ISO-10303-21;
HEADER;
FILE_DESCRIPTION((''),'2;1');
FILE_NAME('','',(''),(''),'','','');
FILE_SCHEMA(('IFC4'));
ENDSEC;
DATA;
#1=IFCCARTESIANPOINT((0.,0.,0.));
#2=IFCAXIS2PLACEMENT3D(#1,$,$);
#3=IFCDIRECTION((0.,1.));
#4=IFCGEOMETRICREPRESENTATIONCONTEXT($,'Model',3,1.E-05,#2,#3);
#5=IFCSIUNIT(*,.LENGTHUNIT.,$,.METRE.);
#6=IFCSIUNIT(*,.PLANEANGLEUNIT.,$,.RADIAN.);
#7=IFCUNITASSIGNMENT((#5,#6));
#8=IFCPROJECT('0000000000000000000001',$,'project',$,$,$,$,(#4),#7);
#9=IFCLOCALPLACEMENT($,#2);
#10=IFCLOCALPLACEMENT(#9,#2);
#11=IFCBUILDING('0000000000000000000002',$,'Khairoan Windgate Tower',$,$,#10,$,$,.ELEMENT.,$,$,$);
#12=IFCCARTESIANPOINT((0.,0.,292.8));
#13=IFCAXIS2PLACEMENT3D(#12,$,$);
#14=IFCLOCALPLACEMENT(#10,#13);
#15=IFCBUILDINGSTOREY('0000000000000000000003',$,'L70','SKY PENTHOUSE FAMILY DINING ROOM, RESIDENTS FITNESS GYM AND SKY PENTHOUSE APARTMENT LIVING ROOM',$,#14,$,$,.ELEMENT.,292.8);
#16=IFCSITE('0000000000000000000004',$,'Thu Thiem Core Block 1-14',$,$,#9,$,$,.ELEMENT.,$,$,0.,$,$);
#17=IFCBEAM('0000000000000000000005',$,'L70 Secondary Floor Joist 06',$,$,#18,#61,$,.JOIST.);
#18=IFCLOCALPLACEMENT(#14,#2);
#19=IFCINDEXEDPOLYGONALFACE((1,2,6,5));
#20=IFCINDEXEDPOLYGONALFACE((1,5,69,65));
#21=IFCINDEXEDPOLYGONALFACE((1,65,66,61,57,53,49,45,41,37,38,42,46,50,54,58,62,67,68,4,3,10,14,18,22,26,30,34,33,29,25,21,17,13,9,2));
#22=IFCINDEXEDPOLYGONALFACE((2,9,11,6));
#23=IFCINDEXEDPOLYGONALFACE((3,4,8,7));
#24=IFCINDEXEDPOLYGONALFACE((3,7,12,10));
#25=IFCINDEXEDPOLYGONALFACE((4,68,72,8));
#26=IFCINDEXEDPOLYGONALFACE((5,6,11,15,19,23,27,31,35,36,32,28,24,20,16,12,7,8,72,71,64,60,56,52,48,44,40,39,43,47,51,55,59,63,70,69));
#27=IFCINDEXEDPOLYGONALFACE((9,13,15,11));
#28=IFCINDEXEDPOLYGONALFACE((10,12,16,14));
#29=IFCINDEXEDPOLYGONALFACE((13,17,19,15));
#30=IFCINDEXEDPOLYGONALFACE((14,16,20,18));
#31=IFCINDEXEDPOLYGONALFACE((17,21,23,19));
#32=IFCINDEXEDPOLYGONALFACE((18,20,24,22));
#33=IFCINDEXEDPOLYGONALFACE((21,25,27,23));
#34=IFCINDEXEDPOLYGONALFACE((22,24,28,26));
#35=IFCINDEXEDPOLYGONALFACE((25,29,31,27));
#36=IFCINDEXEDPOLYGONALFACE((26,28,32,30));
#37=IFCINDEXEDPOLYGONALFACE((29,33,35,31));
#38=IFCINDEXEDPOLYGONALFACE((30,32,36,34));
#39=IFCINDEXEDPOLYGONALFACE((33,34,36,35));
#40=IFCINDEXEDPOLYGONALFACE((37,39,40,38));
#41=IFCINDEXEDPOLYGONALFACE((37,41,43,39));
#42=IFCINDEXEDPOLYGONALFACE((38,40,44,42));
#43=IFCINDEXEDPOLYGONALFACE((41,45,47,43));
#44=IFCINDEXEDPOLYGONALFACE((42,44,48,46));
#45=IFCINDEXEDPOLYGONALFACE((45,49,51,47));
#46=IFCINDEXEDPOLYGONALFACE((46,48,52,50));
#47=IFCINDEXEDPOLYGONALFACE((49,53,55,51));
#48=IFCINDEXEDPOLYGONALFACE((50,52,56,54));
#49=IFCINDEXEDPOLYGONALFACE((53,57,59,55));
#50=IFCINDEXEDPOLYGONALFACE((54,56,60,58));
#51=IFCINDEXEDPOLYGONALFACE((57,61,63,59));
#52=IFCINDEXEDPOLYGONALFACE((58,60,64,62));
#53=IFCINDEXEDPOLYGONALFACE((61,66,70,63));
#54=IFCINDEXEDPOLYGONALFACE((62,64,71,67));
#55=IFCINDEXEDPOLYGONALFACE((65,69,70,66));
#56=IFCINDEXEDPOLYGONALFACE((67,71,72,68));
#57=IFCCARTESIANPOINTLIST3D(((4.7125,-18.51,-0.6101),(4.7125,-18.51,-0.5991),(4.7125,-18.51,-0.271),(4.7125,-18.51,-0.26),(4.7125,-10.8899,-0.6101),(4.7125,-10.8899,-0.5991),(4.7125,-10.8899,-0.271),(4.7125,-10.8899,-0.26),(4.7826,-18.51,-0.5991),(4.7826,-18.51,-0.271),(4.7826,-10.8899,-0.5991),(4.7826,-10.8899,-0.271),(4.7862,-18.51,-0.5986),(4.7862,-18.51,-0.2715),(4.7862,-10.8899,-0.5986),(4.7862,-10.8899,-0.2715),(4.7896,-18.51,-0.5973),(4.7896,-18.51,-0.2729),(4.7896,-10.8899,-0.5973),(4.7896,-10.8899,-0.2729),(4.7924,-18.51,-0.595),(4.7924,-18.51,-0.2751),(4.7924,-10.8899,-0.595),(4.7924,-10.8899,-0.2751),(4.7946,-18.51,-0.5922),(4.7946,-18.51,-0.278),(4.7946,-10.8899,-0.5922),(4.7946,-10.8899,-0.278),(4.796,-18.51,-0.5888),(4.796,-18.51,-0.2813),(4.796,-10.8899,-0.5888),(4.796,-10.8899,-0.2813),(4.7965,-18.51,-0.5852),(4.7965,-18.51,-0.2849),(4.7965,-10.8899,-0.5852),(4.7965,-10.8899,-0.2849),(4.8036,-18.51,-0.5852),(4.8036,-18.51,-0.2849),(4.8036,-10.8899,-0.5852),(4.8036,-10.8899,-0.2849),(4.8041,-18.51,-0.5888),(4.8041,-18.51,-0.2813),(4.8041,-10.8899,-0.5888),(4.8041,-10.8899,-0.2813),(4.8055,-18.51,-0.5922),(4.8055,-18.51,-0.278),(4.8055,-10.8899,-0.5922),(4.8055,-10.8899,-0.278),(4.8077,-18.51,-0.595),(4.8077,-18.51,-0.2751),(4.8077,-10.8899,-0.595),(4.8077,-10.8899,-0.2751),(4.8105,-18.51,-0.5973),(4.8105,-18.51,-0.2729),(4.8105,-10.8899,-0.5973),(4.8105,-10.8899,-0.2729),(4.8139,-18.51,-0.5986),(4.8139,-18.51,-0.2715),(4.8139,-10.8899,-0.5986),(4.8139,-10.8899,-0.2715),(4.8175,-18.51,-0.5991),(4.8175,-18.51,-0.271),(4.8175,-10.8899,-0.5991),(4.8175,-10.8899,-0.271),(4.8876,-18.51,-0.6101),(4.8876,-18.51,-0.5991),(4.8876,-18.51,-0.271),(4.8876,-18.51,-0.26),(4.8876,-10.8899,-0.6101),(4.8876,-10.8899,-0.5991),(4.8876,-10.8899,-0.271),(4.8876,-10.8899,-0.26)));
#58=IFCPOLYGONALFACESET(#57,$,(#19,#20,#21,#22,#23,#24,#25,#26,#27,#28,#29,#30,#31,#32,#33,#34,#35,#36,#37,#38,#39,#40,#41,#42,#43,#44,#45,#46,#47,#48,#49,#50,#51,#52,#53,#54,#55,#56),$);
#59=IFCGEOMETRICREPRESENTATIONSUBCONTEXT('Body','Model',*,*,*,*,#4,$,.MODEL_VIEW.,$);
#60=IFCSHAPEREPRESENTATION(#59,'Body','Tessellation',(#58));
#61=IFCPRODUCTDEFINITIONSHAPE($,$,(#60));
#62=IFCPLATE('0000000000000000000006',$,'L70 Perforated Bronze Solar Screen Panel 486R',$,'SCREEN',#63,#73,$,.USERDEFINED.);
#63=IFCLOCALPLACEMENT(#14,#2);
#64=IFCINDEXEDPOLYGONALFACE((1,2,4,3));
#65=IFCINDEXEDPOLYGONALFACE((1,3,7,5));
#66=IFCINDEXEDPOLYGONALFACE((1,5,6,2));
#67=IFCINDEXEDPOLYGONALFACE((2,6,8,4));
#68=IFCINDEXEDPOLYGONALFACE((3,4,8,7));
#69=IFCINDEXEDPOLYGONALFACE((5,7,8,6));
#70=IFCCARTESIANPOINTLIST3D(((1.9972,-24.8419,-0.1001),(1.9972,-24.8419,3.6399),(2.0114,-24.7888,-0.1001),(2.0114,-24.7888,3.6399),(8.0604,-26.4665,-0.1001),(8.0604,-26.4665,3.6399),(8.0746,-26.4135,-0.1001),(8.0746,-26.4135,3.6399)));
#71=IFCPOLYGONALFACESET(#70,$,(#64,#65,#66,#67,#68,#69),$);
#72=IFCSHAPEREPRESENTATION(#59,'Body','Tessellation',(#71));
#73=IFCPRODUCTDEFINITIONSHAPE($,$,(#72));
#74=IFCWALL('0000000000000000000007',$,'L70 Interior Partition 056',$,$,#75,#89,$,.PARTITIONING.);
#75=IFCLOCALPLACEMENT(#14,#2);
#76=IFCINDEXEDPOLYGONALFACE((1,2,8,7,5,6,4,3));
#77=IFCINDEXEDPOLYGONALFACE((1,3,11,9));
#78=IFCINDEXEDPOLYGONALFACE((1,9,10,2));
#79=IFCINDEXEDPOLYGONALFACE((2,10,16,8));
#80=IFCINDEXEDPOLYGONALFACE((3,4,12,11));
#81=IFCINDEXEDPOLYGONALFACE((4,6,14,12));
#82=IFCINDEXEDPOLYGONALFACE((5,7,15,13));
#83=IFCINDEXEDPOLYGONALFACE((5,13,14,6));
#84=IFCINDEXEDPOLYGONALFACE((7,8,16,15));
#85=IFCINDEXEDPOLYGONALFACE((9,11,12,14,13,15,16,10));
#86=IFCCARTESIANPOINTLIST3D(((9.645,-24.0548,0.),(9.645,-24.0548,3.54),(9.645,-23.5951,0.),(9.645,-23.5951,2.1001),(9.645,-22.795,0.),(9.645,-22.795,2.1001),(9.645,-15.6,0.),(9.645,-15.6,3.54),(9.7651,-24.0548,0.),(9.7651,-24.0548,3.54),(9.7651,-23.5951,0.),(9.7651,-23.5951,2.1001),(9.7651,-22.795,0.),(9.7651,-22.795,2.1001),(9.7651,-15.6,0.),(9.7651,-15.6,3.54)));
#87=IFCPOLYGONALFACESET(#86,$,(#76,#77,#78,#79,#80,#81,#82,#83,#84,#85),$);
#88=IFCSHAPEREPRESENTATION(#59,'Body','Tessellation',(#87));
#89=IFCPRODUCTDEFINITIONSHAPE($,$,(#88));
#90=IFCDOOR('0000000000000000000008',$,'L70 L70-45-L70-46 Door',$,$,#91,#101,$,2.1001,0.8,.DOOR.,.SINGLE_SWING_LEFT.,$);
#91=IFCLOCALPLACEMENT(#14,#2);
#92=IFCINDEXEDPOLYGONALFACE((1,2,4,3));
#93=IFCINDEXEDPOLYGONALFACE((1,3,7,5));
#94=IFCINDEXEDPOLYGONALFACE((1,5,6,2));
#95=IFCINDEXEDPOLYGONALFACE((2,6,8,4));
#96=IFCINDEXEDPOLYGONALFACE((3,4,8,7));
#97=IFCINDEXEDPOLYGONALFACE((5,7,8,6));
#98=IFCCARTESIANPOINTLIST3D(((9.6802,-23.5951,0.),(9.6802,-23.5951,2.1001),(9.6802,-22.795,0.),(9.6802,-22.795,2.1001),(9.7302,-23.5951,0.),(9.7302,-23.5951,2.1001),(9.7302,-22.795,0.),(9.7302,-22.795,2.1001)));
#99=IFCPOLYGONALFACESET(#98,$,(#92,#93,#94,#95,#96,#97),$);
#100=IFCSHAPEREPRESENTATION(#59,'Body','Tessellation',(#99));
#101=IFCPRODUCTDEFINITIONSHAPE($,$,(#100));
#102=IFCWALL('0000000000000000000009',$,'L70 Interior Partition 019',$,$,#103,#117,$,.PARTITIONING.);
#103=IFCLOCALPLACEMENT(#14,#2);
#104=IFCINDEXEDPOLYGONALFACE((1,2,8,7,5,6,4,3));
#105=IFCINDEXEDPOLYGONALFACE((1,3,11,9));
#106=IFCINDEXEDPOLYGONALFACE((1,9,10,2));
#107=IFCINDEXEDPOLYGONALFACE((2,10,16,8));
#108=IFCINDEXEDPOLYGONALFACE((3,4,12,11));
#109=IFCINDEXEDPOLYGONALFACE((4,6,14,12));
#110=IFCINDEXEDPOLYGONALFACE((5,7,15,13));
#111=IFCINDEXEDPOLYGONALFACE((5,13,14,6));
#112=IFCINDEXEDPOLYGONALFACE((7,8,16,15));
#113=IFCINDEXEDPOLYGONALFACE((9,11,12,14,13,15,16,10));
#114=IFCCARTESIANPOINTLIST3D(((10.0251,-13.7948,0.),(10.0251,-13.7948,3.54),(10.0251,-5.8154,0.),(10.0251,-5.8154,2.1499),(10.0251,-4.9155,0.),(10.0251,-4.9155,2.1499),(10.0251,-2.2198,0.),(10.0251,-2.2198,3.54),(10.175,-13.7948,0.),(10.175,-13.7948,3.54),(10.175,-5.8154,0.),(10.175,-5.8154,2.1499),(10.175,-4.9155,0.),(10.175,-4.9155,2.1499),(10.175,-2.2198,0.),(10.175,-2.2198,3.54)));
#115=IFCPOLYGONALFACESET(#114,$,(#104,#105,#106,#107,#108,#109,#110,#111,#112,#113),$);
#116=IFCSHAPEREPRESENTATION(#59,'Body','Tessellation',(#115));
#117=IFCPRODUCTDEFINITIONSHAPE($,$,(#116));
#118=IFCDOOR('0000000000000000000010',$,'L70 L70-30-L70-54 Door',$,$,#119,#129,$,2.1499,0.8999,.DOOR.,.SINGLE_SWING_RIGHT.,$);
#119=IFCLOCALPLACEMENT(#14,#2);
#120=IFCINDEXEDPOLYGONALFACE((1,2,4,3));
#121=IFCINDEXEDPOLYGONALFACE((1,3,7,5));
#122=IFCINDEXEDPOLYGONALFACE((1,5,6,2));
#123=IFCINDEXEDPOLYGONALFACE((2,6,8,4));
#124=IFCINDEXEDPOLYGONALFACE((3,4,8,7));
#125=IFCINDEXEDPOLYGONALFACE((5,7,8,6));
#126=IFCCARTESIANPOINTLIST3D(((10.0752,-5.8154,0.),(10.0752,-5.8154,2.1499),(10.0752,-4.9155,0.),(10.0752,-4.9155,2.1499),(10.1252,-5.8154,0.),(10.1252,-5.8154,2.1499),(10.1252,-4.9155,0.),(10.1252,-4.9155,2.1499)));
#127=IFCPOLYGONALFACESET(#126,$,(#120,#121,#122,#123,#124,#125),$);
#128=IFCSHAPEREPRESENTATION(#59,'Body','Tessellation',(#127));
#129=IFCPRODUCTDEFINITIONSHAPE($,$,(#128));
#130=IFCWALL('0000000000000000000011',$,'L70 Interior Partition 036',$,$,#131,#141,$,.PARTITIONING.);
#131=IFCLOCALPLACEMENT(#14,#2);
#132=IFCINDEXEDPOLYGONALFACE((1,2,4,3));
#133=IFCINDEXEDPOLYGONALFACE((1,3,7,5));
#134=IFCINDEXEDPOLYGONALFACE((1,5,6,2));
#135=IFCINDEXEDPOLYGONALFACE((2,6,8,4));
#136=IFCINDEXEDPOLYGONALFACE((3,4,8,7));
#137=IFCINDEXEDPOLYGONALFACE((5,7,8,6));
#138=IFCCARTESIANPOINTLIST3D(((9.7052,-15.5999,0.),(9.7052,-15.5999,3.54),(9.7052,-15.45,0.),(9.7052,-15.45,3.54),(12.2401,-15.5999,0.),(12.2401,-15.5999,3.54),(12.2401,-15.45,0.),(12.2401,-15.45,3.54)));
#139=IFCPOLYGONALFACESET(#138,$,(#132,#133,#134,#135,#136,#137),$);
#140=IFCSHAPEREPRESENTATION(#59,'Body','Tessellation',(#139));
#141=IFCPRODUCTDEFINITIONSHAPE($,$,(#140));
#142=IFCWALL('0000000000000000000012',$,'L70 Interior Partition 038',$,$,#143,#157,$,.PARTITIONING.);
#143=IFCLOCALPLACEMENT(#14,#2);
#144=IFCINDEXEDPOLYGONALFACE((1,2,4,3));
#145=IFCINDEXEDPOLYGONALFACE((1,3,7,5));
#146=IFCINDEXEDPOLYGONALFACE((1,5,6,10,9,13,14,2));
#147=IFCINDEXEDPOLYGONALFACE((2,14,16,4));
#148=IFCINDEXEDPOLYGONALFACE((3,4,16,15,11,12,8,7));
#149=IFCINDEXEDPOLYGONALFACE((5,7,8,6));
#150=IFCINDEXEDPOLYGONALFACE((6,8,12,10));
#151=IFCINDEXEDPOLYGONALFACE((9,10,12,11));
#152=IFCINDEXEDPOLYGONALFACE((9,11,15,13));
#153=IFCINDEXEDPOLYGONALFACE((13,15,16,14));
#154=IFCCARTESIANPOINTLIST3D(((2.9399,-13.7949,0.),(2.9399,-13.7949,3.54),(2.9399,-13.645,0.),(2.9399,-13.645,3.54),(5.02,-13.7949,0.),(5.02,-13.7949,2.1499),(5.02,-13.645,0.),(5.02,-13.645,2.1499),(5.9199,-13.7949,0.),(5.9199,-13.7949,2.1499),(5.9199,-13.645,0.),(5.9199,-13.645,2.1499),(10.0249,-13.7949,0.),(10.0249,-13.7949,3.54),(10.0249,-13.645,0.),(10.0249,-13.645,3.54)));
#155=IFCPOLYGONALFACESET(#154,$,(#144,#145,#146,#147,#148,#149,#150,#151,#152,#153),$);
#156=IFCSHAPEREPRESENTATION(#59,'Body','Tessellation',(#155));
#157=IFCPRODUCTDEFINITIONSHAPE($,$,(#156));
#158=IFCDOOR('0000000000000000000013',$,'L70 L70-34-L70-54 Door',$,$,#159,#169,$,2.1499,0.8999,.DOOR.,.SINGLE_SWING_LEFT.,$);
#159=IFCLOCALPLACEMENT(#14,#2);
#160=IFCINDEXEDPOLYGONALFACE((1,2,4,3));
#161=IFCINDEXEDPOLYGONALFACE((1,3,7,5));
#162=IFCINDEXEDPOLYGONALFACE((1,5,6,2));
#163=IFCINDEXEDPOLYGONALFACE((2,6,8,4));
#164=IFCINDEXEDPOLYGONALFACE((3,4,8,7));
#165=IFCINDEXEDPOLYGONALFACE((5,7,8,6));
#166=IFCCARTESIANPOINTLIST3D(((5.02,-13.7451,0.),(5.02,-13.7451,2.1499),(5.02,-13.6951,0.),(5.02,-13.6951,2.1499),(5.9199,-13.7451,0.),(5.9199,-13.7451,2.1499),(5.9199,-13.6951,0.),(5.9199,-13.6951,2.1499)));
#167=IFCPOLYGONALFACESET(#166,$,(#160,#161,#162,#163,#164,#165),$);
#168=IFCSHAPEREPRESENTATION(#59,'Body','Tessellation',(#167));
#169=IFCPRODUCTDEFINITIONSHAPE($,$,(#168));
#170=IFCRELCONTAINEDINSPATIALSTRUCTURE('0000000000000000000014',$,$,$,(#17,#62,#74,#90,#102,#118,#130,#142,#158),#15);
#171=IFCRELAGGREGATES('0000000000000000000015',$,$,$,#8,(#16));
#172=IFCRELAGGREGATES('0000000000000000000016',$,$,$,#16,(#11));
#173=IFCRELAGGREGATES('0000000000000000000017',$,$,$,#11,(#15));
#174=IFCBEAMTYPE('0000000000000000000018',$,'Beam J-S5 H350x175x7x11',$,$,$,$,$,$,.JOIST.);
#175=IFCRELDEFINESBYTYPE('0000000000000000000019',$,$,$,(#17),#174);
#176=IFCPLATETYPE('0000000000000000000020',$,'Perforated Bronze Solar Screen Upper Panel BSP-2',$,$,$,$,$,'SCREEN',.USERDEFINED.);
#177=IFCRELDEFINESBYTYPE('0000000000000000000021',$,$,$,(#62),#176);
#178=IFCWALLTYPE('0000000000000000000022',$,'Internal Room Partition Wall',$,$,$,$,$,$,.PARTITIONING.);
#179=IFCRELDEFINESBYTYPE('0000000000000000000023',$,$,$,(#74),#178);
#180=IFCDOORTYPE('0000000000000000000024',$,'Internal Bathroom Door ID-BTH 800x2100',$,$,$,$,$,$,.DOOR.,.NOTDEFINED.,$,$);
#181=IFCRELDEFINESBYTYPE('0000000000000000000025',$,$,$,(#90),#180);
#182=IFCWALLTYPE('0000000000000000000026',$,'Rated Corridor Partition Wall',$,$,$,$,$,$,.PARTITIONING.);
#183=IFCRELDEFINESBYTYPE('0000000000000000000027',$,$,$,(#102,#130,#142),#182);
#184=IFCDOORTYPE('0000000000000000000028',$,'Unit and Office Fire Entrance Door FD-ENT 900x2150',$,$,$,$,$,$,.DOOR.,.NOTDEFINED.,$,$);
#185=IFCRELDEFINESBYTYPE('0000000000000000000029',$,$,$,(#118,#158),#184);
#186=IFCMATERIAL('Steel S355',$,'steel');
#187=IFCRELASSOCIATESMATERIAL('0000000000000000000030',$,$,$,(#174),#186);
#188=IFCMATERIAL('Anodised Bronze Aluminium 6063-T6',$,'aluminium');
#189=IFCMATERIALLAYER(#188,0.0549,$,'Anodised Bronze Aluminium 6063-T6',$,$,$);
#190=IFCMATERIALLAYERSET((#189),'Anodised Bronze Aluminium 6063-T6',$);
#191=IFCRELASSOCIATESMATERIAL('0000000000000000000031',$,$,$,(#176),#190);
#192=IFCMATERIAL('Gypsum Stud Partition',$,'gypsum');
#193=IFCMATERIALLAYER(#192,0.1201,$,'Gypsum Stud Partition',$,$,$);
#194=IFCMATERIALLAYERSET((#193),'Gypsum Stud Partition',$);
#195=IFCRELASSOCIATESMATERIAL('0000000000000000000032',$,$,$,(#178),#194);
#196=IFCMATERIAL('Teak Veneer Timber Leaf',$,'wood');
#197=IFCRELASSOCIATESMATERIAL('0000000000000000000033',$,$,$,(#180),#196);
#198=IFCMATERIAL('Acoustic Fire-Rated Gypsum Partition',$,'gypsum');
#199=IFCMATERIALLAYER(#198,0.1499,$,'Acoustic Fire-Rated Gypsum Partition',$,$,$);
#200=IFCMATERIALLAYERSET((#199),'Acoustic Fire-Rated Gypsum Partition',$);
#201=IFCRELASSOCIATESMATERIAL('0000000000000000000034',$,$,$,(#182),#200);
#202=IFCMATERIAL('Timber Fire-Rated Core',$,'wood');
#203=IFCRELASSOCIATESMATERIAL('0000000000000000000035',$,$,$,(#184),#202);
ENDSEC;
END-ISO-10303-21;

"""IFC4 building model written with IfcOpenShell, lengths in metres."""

from ifc_helpers import new_model, si_unit, direction, frame, frame_2d, origin, origin_2d, place, context, subcontext, project, spatial, rectangle, i_section, extrude, material, layer, layer_set, material_profile, profile_set, type_object, element, fill, save


model = new_model("IFC4")

# Units and contexts
model_context = context("Model", 3, precision=1e-05, world=origin(), true_north=direction((0.0, 1.0)))
body_context = subcontext(model_context, "Body", "Model", "MODEL_VIEW")
ifc_project = project(units=[si_unit("LENGTHUNIT", "METRE"), si_unit("PLANEANGLEUNIT", "RADIAN")], contexts=[model_context])

# Site, building, storey
site_placement = place(None, origin())
site = spatial("IfcSite", under=ifc_project, at=site_placement, Name="Thu Thiem Core Block 1-14", CompositionType="ELEMENT", RefElevation=0.0)
building_placement = place(site_placement, origin())
building = spatial("IfcBuilding", under=site, at=building_placement, Name="Khairoan Windgate Tower", CompositionType="ELEMENT")
storey_placement = place(building_placement, frame((0.0, 0.0, 292.8)))
storey = spatial("IfcBuildingStorey", under=building, at=storey_placement, Name="L70", Description="SKY PENTHOUSE FAMILY DINING ROOM, RESIDENTS FITNESS GYM AND SKY PENTHOUSE APARTMENT LIVING ROOM", CompositionType="ELEMENT", Elevation=292.8)

# Beam
ifc_material_1 = material(Name="Steel S355", Category="steel")
ifc_material_profile_1 = material_profile(ifc_material_1, i_section(OverallWidth=0.175, OverallDepth=0.3501, WebThickness=0.0071, FlangeThickness=0.011, FilletRadius=0.0139, at=origin_2d()))
ifc_profile_set_1 = profile_set([ifc_material_profile_1], Name="Steel S355")
beam_type_1 = type_object("IfcBeamType", Name="Beam J-S5 H350x175x7x11", PredefinedType="JOIST", material=ifc_profile_set_1)
beam_1_placement = place(storey_placement, frame((4.8, -18.51, -0.4351), z_axis=(0.0, 1.0, 0.0), x_axis=(-1.0, 0.0, 0.0)))
element("IfcBeam", 1, at=beam_1_placement, inside=storey, type_object=beam_type_1, Name="L70 Secondary Floor Joist 06", PredefinedType="JOIST", context=body_context, shape_type="SweptSolid", body=[
    extrude(i_section(OverallWidth=0.175, OverallDepth=0.3501, WebThickness=0.0071, FlangeThickness=0.011, FilletRadius=0.0139, at=origin_2d()), origin(), (0.0, 0.0, 1.0), 7.6201),
])

# Plate
ifc_material_2 = material(Name="Anodised Bronze Aluminium 6063-T6", Category="aluminium")
ifc_layer_1 = layer(ifc_material_2, 0.0549, Name="Anodised Bronze Aluminium 6063-T6")
ifc_layer_set_1 = layer_set([ifc_layer_1], Name="Anodised Bronze Aluminium 6063-T6")
plate_type = type_object("IfcPlateType", Name="Perforated Bronze Solar Screen Upper Panel BSP-2", ElementType="SCREEN", PredefinedType="USERDEFINED", material=ifc_layer_set_1)
plate_placement = place(storey_placement, frame((5.0359, -25.6277, -0.1001), z_axis=(0.0, 0.0, 1.0), x_axis=(-0.965926, 0.258819, 0.0)))
element("IfcPlate", 2, at=plate_placement, inside=storey, type_object=plate_type, Name="L70 Perforated Bronze Solar Screen Panel 486R", ObjectType="SCREEN", PredefinedType="USERDEFINED", context=body_context, shape_type="SweptSolid", body=[
    extrude(rectangle(XDim=6.2771, YDim=0.0549, at=origin_2d()), origin(), (0.0, 0.0, 1.0), 3.74),
])

# Walls, openings, doors
ifc_material_3 = material(Name="Gypsum Stud Partition", Category="gypsum")
ifc_layer_2 = layer(ifc_material_3, 0.1201, Name="Gypsum Stud Partition")
ifc_layer_set_2 = layer_set([ifc_layer_2], Name="Gypsum Stud Partition")
wall_type_1 = type_object("IfcWallType", Name="Internal Room Partition Wall", PredefinedType="PARTITIONING", material=ifc_layer_set_2)
wall_1_placement = place(storey_placement, frame((9.7051, -24.0549, 0.0), z_axis=(0.0, 0.0, 1.0), x_axis=(0.0, 1.0, 0.0)))
wall_1 = element("IfcWall", 3, at=wall_1_placement, inside=storey, type_object=wall_type_1, Name="L70 Interior Partition 056", PredefinedType="PARTITIONING", context=body_context, shape_type="SweptSolid", body=[
    extrude(rectangle(XDim=8.4548, YDim=0.1201, at=frame_2d((4.2275, 0.0))), origin(), (0.0, 0.0, 1.0), 3.54),
])
opening_1_placement = place(wall_1_placement, frame((0.46, 0.0, 0.0)))
opening_1 = element("IfcOpeningElement", 4, at=opening_1_placement, cuts=wall_1, PredefinedType="OPENING", context=body_context, shape_type="SweptSolid", body=[
    extrude(rectangle(XDim=0.8, YDim=2.1001, at=frame_2d((0.3999, 1.05))), frame((0.0, 0.0701, 0.0), z_axis=(0.0, -1.0, 0.0), x_axis=(1.0, 0.0, 0.0)), (0.0, 0.0, 1.0), 0.1401),
])
ifc_material_4 = material(Name="Teak Veneer Timber Leaf", Category="wood")
door_type_1 = type_object("IfcDoorType", Name="Internal Bathroom Door ID-BTH 800x2100", OperationType="NOTDEFINED", PredefinedType="DOOR", material=ifc_material_4)
door_1_placement = place(opening_1_placement, origin())
door_1 = element("IfcDoor", 5, at=door_1_placement, inside=storey, type_object=door_type_1, Name="L70 L70-45-L70-46 Door", OperationType="SINGLE_SWING_LEFT", OverallHeight=2.1001, OverallWidth=0.8, PredefinedType="DOOR", context=body_context, shape_type="SweptSolid", body=[
    extrude(rectangle(XDim=0.8, YDim=2.1001, at=frame_2d((0.3999, 1.05))), frame((0.0, 0.0249, 0.0), z_axis=(0.0, -1.0, 0.0), x_axis=(1.0, 0.0, 0.0)), (0.0, 0.0, 1.0), 0.05),
])
fill(opening_1, door_1)
ifc_material_5 = material(Name="Acoustic Fire-Rated Gypsum Partition", Category="gypsum")
ifc_layer_3 = layer(ifc_material_5, 0.1499, Name="Acoustic Fire-Rated Gypsum Partition")
ifc_layer_set_3 = layer_set([ifc_layer_3], Name="Acoustic Fire-Rated Gypsum Partition")
wall_type_2 = type_object("IfcWallType", Name="Rated Corridor Partition Wall", PredefinedType="PARTITIONING", material=ifc_layer_set_3)
wall_2_placement = place(storey_placement, frame((10.1001, -13.7949, 0.0), z_axis=(0.0, 0.0, 1.0), x_axis=(0.0, 1.0, 0.0)))
wall_2 = element("IfcWall", 6, at=wall_2_placement, inside=storey, type_object=wall_type_2, Name="L70 Interior Partition 019", PredefinedType="PARTITIONING", context=body_context, shape_type="SweptSolid", body=[
    extrude(rectangle(XDim=11.575, YDim=0.1499, at=frame_2d((5.7876, 0.0))), origin(), (0.0, 0.0, 1.0), 3.54),
])
opening_2_placement = place(wall_2_placement, frame((7.9795, 0.0, 0.0)))
opening_2 = element("IfcOpeningElement", 7, at=opening_2_placement, cuts=wall_2, PredefinedType="OPENING", context=body_context, shape_type="SweptSolid", body=[
    extrude(rectangle(XDim=0.8999, YDim=2.1499, at=frame_2d((0.45, 1.075))), frame((0.0, 0.085, 0.0), z_axis=(0.0, -1.0, 0.0), x_axis=(1.0, 0.0, 0.0)), (0.0, 0.0, 1.0), 0.1699),
])
ifc_material_6 = material(Name="Timber Fire-Rated Core", Category="wood")
door_type_2 = type_object("IfcDoorType", Name="Unit and Office Fire Entrance Door FD-ENT 900x2150", OperationType="NOTDEFINED", PredefinedType="DOOR", material=ifc_material_6)
door_2_placement = place(opening_2_placement, origin())
door_2 = element("IfcDoor", 8, at=door_2_placement, inside=storey, type_object=door_type_2, Name="L70 L70-30-L70-54 Door", OperationType="SINGLE_SWING_RIGHT", OverallHeight=2.1499, OverallWidth=0.8999, PredefinedType="DOOR", context=body_context, shape_type="SweptSolid", body=[
    extrude(rectangle(XDim=0.8999, YDim=2.1499, at=frame_2d((0.45, 1.075))), frame((0.0, 0.0249, 0.0), z_axis=(0.0, -1.0, 0.0), x_axis=(1.0, 0.0, 0.0)), (0.0, 0.0, 1.0), 0.05),
])
fill(opening_2, door_2)

# Wall
wall_3_placement = place(storey_placement, frame((9.7051, -15.5249, 0.0), z_axis=(0.0, 0.0, 1.0), x_axis=(1.0, 0.0, 0.0)))
element("IfcWall", 9, at=wall_3_placement, inside=storey, type_object=wall_type_2, Name="L70 Interior Partition 036", PredefinedType="PARTITIONING", context=body_context, shape_type="SweptSolid", body=[
    extrude(rectangle(XDim=2.5349, YDim=0.1499, at=frame_2d((1.2676, 0.0))), origin(), (0.0, 0.0, 1.0), 3.54),
])

# Wall, opening, door
wall_4_placement = place(storey_placement, frame((2.9399, -13.72, 0.0), z_axis=(0.0, 0.0, 1.0), x_axis=(1.0, 0.0, 0.0)))
wall_4 = element("IfcWall", 10, at=wall_4_placement, inside=storey, type_object=wall_type_2, Name="L70 Interior Partition 038", PredefinedType="PARTITIONING", context=body_context, shape_type="SweptSolid", body=[
    extrude(rectangle(XDim=7.085, YDim=0.1499, at=frame_2d((3.5425, 0.0))), origin(), (0.0, 0.0, 1.0), 3.54),
])
opening_3_placement = place(wall_4_placement, frame((2.0801, 0.0, 0.0)))
opening_3 = element("IfcOpeningElement", 11, at=opening_3_placement, cuts=wall_4, PredefinedType="OPENING", context=body_context, shape_type="SweptSolid", body=[
    extrude(rectangle(XDim=0.8999, YDim=2.1499, at=frame_2d((0.45, 1.075))), frame((0.0, 0.085, 0.0), z_axis=(0.0, -1.0, 0.0), x_axis=(1.0, 0.0, 0.0)), (0.0, 0.0, 1.0), 0.1699),
])
door_3_placement = place(opening_3_placement, origin())
door_3 = element("IfcDoor", 12, at=door_3_placement, inside=storey, type_object=door_type_2, Name="L70 L70-34-L70-54 Door", OperationType="SINGLE_SWING_LEFT", OverallHeight=2.1499, OverallWidth=0.8999, PredefinedType="DOOR", context=body_context, shape_type="SweptSolid", body=[
    extrude(rectangle(XDim=0.8999, YDim=2.1499, at=frame_2d((0.45, 1.075))), frame((0.0, 0.0249, 0.0), z_axis=(0.0, -1.0, 0.0), x_axis=(1.0, 0.0, 0.0)), (0.0, 0.0, 1.0), 0.05),
])
fill(opening_3, door_3)

save(model, "model.ifc")
